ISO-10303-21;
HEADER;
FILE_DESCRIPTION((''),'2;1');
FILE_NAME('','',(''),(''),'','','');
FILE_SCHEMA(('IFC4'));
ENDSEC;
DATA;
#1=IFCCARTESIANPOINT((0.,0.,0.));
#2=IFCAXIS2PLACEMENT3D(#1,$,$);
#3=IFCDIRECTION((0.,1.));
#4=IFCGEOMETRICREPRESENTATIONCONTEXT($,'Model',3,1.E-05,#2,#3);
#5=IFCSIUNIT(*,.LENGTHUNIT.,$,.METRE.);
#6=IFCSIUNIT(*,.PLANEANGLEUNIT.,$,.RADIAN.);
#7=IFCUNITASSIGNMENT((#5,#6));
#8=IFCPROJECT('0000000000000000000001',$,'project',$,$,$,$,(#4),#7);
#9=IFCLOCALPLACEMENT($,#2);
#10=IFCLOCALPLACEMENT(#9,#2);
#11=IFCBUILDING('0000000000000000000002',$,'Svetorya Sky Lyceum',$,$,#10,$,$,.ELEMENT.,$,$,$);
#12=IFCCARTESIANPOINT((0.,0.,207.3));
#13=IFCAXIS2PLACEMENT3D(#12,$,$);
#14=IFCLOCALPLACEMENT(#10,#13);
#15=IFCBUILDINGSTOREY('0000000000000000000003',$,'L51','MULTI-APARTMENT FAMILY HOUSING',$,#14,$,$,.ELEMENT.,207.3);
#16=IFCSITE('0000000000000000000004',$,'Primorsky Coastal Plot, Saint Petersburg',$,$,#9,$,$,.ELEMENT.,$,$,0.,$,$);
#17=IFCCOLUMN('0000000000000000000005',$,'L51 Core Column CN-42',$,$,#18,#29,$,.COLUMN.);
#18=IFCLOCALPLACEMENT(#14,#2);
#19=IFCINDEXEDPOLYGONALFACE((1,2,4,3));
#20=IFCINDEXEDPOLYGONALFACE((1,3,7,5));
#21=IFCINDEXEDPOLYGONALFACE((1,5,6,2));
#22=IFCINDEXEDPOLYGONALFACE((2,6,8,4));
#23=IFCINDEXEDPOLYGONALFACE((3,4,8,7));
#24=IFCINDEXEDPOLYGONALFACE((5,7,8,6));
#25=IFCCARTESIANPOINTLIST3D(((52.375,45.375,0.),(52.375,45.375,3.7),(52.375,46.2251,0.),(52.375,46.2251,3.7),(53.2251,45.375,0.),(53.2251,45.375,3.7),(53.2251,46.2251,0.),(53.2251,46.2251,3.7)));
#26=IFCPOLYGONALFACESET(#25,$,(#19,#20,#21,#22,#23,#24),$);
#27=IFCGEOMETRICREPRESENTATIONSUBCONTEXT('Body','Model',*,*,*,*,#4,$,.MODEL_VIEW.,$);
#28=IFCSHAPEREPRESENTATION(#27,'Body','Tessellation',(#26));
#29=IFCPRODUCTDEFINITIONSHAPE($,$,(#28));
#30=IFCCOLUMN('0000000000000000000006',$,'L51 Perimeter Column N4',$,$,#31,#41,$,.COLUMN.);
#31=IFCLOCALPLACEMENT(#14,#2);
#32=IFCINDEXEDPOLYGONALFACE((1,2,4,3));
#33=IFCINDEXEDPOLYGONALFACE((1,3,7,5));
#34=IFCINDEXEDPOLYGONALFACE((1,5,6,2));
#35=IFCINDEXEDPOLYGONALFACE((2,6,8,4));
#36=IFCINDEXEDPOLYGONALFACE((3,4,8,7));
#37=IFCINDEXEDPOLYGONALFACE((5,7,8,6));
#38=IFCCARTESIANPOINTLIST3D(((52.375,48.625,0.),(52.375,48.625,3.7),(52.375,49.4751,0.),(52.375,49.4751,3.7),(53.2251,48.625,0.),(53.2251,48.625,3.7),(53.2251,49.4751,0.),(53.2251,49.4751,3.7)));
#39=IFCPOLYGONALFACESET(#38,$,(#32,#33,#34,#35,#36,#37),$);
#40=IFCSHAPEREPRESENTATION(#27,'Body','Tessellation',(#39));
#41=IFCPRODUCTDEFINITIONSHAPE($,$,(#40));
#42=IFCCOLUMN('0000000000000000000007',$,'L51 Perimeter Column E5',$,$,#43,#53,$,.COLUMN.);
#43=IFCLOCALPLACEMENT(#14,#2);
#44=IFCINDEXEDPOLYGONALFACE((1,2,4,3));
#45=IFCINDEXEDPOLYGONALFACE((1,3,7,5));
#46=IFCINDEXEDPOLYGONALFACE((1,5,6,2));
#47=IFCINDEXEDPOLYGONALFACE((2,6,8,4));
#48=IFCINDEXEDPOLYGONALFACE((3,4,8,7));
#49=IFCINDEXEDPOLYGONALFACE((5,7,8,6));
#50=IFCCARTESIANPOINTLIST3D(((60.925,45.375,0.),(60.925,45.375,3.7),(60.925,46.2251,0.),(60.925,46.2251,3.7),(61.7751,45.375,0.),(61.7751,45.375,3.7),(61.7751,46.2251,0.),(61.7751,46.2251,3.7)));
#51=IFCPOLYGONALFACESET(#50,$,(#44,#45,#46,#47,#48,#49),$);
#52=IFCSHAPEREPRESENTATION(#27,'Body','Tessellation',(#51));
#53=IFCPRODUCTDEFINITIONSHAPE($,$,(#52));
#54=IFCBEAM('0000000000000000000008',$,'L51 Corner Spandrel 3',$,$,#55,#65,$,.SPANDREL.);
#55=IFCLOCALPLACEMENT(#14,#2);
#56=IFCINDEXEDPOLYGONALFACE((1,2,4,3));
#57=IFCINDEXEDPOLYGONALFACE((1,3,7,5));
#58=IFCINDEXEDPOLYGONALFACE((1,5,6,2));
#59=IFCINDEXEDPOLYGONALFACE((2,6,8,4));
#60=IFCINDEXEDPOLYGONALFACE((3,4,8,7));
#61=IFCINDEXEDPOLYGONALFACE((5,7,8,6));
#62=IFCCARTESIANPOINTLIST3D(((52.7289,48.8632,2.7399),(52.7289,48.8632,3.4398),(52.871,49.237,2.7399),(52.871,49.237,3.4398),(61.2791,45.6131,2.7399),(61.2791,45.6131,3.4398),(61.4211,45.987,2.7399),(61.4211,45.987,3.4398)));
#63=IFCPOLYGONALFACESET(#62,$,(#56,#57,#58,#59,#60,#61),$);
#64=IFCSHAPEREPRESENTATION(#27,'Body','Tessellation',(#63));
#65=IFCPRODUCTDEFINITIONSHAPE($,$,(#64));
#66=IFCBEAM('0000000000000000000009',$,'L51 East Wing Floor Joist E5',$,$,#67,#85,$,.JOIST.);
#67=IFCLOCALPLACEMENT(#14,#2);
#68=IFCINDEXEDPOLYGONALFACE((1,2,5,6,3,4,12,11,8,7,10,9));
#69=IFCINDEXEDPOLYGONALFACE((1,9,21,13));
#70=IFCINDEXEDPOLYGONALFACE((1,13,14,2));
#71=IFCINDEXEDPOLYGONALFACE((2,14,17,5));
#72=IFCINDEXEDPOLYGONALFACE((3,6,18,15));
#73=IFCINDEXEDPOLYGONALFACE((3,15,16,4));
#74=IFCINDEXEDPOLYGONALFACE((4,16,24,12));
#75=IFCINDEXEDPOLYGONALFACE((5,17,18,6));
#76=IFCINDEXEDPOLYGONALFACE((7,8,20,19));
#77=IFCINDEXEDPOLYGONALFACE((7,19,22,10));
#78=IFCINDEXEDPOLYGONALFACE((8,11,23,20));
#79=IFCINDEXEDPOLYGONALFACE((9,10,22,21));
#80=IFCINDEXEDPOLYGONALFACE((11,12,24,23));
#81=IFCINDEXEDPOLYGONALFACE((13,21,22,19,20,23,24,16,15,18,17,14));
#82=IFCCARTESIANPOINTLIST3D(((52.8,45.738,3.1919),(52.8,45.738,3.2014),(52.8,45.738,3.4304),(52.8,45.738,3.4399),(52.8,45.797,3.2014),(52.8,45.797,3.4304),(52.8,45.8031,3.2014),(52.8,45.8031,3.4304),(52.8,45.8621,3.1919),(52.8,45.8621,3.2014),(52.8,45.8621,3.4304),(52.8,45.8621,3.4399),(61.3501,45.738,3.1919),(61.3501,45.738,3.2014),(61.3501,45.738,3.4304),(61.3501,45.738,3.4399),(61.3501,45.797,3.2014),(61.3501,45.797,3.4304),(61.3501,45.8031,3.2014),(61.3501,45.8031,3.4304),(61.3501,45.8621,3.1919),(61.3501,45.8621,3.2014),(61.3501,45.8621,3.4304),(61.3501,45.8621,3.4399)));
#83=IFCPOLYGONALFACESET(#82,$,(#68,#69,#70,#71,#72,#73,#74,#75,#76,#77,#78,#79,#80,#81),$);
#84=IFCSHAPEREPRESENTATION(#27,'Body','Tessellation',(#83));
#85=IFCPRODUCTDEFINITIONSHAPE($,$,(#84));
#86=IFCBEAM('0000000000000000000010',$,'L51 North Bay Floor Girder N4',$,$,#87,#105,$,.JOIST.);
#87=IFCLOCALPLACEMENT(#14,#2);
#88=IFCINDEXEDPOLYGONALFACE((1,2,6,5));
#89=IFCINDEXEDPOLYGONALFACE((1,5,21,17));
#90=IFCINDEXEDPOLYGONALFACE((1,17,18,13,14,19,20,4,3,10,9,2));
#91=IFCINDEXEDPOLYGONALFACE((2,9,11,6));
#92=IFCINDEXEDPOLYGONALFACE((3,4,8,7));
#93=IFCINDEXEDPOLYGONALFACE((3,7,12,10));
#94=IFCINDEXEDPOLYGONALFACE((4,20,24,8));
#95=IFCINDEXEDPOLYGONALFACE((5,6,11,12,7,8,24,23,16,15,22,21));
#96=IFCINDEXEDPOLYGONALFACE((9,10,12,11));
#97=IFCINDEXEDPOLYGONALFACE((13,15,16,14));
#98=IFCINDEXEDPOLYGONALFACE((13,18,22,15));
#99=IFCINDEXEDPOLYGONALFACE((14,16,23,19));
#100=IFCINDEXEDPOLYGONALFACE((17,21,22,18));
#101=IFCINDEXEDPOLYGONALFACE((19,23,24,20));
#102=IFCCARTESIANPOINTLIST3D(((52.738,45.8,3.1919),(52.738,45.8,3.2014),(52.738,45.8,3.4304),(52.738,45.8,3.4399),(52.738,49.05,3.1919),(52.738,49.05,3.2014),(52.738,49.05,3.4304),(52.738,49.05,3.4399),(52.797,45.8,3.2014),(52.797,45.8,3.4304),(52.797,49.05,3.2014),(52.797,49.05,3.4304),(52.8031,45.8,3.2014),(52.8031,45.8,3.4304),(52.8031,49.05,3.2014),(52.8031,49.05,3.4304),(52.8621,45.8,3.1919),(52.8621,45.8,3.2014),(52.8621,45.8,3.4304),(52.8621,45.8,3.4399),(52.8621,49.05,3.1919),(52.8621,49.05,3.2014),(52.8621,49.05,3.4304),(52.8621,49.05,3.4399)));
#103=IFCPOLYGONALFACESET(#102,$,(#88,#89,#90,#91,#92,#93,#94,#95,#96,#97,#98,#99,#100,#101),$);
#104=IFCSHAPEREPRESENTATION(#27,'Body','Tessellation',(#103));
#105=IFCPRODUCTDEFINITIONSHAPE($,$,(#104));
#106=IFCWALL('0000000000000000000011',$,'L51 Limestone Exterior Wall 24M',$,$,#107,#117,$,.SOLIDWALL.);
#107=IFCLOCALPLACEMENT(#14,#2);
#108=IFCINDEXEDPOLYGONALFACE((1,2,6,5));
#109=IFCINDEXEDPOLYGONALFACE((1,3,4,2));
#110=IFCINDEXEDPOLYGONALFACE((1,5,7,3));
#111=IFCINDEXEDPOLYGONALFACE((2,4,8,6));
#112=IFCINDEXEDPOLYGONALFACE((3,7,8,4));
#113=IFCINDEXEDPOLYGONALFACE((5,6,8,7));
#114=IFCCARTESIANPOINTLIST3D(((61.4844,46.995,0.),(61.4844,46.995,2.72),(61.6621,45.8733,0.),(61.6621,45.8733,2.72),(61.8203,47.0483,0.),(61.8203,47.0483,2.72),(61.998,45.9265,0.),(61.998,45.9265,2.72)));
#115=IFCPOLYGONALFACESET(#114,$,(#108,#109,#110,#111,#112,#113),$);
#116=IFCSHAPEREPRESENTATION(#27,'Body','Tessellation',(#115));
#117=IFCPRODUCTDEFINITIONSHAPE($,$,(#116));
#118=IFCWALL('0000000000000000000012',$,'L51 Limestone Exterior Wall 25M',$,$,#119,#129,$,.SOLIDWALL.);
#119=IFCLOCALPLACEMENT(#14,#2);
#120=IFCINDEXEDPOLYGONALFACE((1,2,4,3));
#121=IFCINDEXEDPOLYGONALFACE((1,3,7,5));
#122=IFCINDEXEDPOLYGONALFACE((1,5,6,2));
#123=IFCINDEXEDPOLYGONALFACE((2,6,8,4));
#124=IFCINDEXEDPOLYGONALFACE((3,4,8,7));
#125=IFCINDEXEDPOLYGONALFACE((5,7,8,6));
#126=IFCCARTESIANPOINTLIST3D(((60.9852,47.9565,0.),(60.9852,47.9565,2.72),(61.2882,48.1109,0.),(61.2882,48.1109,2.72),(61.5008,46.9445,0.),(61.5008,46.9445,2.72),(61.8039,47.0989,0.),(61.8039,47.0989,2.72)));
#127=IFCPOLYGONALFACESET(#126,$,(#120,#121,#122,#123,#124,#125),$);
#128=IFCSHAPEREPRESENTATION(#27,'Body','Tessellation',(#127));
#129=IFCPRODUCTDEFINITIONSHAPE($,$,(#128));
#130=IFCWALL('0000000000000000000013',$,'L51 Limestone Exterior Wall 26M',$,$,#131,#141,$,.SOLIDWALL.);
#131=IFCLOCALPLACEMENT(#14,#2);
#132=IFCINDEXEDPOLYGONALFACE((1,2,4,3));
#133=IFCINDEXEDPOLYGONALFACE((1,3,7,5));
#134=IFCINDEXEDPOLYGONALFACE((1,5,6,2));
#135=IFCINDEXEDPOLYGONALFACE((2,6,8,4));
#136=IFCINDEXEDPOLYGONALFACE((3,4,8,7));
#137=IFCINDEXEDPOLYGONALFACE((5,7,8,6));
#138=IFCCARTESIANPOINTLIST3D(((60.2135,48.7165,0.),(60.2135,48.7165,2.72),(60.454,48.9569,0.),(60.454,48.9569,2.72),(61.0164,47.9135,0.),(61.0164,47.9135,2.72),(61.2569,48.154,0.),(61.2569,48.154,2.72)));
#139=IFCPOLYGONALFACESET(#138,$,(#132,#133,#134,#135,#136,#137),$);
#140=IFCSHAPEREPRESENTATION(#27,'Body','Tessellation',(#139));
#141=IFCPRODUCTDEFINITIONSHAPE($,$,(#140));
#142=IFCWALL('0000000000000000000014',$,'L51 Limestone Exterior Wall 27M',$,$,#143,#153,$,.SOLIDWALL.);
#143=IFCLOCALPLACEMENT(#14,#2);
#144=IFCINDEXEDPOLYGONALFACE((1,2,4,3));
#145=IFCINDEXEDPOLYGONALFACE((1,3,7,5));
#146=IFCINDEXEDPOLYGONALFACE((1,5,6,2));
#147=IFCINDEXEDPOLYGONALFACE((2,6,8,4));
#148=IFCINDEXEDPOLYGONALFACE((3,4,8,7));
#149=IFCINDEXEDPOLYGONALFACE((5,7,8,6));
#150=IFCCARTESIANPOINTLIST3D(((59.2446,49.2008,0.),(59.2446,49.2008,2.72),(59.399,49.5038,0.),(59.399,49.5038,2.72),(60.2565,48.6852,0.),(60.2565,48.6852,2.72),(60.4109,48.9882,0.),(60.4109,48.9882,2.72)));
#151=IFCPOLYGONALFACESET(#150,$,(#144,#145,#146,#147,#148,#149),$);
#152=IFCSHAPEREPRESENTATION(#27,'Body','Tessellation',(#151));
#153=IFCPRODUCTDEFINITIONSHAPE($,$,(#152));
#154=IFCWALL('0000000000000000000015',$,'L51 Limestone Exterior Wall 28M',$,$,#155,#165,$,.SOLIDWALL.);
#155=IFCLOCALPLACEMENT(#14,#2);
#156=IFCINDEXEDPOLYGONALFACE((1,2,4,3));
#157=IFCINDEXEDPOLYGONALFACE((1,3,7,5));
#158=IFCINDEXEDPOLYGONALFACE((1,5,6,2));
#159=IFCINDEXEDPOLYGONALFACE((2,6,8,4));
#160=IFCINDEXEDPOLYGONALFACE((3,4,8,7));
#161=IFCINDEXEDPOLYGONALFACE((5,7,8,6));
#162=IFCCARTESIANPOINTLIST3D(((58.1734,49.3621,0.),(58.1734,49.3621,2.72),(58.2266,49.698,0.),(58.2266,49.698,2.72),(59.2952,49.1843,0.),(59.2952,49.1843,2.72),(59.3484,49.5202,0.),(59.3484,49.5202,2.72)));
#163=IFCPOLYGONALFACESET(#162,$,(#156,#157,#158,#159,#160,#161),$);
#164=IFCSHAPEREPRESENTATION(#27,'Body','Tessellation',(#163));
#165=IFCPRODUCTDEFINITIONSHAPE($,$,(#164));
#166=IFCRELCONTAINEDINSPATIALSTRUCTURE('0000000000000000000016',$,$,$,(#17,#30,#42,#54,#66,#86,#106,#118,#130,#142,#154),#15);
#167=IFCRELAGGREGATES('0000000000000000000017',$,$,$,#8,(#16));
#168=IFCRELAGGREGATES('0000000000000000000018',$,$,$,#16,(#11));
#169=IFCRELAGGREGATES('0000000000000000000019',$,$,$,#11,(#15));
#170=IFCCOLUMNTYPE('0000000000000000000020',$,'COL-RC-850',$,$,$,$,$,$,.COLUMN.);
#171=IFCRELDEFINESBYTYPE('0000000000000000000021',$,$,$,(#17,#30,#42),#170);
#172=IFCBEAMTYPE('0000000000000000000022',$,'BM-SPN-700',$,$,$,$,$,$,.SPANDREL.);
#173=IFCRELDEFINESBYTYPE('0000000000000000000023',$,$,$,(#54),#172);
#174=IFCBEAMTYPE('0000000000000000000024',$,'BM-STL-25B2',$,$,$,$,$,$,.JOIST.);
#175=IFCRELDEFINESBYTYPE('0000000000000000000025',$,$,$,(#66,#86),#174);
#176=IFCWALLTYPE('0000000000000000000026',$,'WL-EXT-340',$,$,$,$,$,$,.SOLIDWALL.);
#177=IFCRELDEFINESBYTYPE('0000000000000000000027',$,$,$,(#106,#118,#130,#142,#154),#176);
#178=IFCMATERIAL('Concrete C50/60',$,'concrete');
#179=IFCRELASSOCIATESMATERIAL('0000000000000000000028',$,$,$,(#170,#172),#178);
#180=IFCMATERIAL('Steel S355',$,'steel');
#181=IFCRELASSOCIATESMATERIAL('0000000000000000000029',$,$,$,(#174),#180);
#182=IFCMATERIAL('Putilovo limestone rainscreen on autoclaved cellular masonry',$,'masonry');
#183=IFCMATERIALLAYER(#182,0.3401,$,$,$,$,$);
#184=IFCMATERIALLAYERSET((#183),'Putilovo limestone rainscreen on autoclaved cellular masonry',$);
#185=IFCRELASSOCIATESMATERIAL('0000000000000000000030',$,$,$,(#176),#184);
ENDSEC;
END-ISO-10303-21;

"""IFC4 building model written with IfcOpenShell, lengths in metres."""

from ifc_helpers import new_model, si_unit, direction, frame, frame_2d, origin, origin_2d, place, context, subcontext, project, spatial, rectangle, i_section, extrude, material, layer, layer_set, material_profile, profile_set, type_object, element, save


model = new_model("IFC4")

# Units and contexts
model_context = context("Model", 3, precision=1e-05, world=origin(), true_north=direction((0.0, 1.0)))
body_context = subcontext(model_context, "Body", "Model", "MODEL_VIEW")
ifc_project = project(units=[si_unit("LENGTHUNIT", "METRE"), si_unit("PLANEANGLEUNIT", "RADIAN")], contexts=[model_context])

# Site, building, storey
site_placement = place(None, origin())
site = spatial("IfcSite", under=ifc_project, at=site_placement, Name="Primorsky Coastal Plot, Saint Petersburg", CompositionType="ELEMENT", RefElevation=0.0)
building_placement = place(site_placement, origin())
building = spatial("IfcBuilding", under=site, at=building_placement, Name="Svetorya Sky Lyceum", CompositionType="ELEMENT")
storey_placement = place(building_placement, frame((0.0, 0.0, 207.3)))
storey = spatial("IfcBuildingStorey", under=building, at=storey_placement, Name="L51", Description="MULTI-APARTMENT FAMILY HOUSING", CompositionType="ELEMENT", Elevation=207.3)

# Columns
ifc_material_1 = material(Name="Concrete C50/60", Category="concrete")
ifc_material_profile_1 = material_profile(ifc_material_1, rectangle(XDim=0.8501, YDim=0.8501, at=origin_2d()), Name="RC COL 850x850")
ifc_profile_set_1 = profile_set([ifc_material_profile_1], Name="Concrete C50/60")
column_type = type_object("IfcColumnType", Name="COL-RC-850", PredefinedType="COLUMN", material=ifc_profile_set_1)
for number, where, z_axis, x_axis, name in (
    (1, (52.8, 45.8, 0.0), (0.0, 0.0, 1.0), (1.0, 0.0, 0.0), "L51 Core Column CN-42"),
    (2, (52.8, 49.05, 0.0), (0.0, 0.0, 1.0), (1.0, 0.0, 0.0), "L51 Perimeter Column N4"),
    (3, (61.3501, 45.8, 0.0), (0.0, 0.0, 1.0), (1.0, 0.0, 0.0), "L51 Perimeter Column E5"),
):
    element("IfcColumn", number, at=place(storey_placement, frame(where, z_axis=z_axis, x_axis=x_axis)), inside=storey, type_object=column_type, Name=name, PredefinedType="COLUMN", context=body_context, shape_type="SweptSolid", body=[
        extrude(rectangle(XDim=0.8501, YDim=0.8501, at=origin_2d()), origin(), (0.0, 0.0, 1.0), 3.7),
    ])

# Beams
ifc_material_profile_2 = material_profile(ifc_material_1, rectangle(XDim=0.3999, YDim=0.7, at=origin_2d()), Name="RC SPANDREL 400x700")
ifc_profile_set_2 = profile_set([ifc_material_profile_2], Name="Concrete C50/60")
beam_type_1 = type_object("IfcBeamType", Name="BM-SPN-700", PredefinedType="SPANDREL", material=ifc_profile_set_2)
beam_1_placement = place(storey_placement, frame((61.3501, 45.8, 3.0898), z_axis=(-0.934748, 0.355312, 0.0), x_axis=(-0.355312, -0.934748, 0.0)))
element("IfcBeam", 4, at=beam_1_placement, inside=storey, type_object=beam_type_1, Name="L51 Corner Spandrel 3", PredefinedType="SPANDREL", context=body_context, shape_type="SweptSolid", body=[
    extrude(rectangle(XDim=0.3999, YDim=0.7, at=origin_2d()), origin(), (0.0, 0.0, 1.0), 9.147),
])
ifc_material_2 = material(Name="Steel S355", Category="steel")
ifc_material_profile_3 = material_profile(ifc_material_2, i_section(OverallWidth=0.124, OverallDepth=0.248, WebThickness=0.0061, FlangeThickness=0.0095, at=origin_2d()), Name="GOST 25B2")
ifc_profile_set_3 = profile_set([ifc_material_profile_3], Name="Steel S355")
beam_type_2 = type_object("IfcBeamType", Name="BM-STL-25B2", PredefinedType="JOIST", material=ifc_profile_set_3)
beam_2_placement = place(storey_placement, frame((52.8, 45.8, 3.3159), z_axis=(1.0, 0.0, 0.0), x_axis=(0.0, 1.0, 0.0)))
element("IfcBeam", 5, at=beam_2_placement, inside=storey, type_object=beam_type_2, Name="L51 East Wing Floor Joist E5", PredefinedType="JOIST", context=body_context, shape_type="SweptSolid", body=[
    extrude(i_section(OverallWidth=0.124, OverallDepth=0.248, WebThickness=0.0061, FlangeThickness=0.0095, at=origin_2d()), origin(), (0.0, 0.0, 1.0), 8.55),
])
beam_3_placement = place(storey_placement, frame((52.8, 45.8, 3.3159), z_axis=(0.0, 1.0, 0.0), x_axis=(-1.0, 0.0, 0.0)))
element("IfcBeam", 6, at=beam_3_placement, inside=storey, type_object=beam_type_2, Name="L51 North Bay Floor Girder N4", PredefinedType="JOIST", context=body_context, shape_type="SweptSolid", body=[
    extrude(i_section(OverallWidth=0.124, OverallDepth=0.248, WebThickness=0.0061, FlangeThickness=0.0095, at=origin_2d()), origin(), (0.0, 0.0, 1.0), 3.25),
])

# Walls
ifc_material_3 = material(Name="Putilovo limestone rainscreen on autoclaved cellular masonry", Category="masonry")
ifc_layer_1 = layer(ifc_material_3, 0.3401)
ifc_layer_set_1 = layer_set([ifc_layer_1], Name="Putilovo limestone rainscreen on autoclaved cellular masonry")
wall_type_1 = type_object("IfcWallType", Name="WL-EXT-340", PredefinedType="SOLIDWALL", material=ifc_layer_set_1)
for number, where, z_axis, x_axis, name in (
    (7, (61.8301, 45.8999, 0.0), (0.0, 0.0, 1.0), (-0.156481, 0.987681, 0.0), "L51 Limestone Exterior Wall 24M"),
    (8, (61.6523, 47.0217, 0.0), (0.0, 0.0, 1.0), (-0.453993, 0.891005, 0.0), "L51 Limestone Exterior Wall 25M"),
):
    element("IfcWall", number, at=place(storey_placement, frame(where, z_axis=z_axis, x_axis=x_axis)), inside=storey, type_object=wall_type_1, Name=name, PredefinedType="SOLIDWALL", context=body_context, shape_type="SweptSolid", body=[
        extrude(rectangle(XDim=1.1357, YDim=0.3401, at=frame_2d((0.5679, 0.0))), origin(), (0.0, 0.0, 1.0), 2.72),
    ])
wall_1_placement = place(storey_placement, frame((61.1367, 48.0337, 0.0), z_axis=(0.0, 0.0, 1.0), x_axis=(-0.707107, 0.707107, 0.0)))
element("IfcWall", 9, at=wall_1_placement, inside=storey, type_object=wall_type_1, Name="L51 Limestone Exterior Wall 26M", PredefinedType="SOLIDWALL", context=body_context, shape_type="SweptSolid", body=[
    extrude(rectangle(XDim=1.1355, YDim=0.3401, at=frame_2d((0.5679, 0.0))), origin(), (0.0, 0.0, 1.0), 2.72),
])
for number, where, z_axis, x_axis, name in (
    (10, (60.3337, 48.8367, 0.0), (0.0, 0.0, 1.0), (-0.891005, 0.453993, 0.0), "L51 Limestone Exterior Wall 27M"),
    (11, (59.3218, 49.3523, 0.0), (0.0, 0.0, 1.0), (-0.987681, 0.156481, 0.0), "L51 Limestone Exterior Wall 28M"),
):
    element("IfcWall", number, at=place(storey_placement, frame(where, z_axis=z_axis, x_axis=x_axis)), inside=storey, type_object=wall_type_1, Name=name, PredefinedType="SOLIDWALL", context=body_context, shape_type="SweptSolid", body=[
        extrude(rectangle(XDim=1.1357, YDim=0.3401, at=frame_2d((0.5679, 0.0))), origin(), (0.0, 0.0, 1.0), 2.72),
    ])

save(model, "model.ifc")
